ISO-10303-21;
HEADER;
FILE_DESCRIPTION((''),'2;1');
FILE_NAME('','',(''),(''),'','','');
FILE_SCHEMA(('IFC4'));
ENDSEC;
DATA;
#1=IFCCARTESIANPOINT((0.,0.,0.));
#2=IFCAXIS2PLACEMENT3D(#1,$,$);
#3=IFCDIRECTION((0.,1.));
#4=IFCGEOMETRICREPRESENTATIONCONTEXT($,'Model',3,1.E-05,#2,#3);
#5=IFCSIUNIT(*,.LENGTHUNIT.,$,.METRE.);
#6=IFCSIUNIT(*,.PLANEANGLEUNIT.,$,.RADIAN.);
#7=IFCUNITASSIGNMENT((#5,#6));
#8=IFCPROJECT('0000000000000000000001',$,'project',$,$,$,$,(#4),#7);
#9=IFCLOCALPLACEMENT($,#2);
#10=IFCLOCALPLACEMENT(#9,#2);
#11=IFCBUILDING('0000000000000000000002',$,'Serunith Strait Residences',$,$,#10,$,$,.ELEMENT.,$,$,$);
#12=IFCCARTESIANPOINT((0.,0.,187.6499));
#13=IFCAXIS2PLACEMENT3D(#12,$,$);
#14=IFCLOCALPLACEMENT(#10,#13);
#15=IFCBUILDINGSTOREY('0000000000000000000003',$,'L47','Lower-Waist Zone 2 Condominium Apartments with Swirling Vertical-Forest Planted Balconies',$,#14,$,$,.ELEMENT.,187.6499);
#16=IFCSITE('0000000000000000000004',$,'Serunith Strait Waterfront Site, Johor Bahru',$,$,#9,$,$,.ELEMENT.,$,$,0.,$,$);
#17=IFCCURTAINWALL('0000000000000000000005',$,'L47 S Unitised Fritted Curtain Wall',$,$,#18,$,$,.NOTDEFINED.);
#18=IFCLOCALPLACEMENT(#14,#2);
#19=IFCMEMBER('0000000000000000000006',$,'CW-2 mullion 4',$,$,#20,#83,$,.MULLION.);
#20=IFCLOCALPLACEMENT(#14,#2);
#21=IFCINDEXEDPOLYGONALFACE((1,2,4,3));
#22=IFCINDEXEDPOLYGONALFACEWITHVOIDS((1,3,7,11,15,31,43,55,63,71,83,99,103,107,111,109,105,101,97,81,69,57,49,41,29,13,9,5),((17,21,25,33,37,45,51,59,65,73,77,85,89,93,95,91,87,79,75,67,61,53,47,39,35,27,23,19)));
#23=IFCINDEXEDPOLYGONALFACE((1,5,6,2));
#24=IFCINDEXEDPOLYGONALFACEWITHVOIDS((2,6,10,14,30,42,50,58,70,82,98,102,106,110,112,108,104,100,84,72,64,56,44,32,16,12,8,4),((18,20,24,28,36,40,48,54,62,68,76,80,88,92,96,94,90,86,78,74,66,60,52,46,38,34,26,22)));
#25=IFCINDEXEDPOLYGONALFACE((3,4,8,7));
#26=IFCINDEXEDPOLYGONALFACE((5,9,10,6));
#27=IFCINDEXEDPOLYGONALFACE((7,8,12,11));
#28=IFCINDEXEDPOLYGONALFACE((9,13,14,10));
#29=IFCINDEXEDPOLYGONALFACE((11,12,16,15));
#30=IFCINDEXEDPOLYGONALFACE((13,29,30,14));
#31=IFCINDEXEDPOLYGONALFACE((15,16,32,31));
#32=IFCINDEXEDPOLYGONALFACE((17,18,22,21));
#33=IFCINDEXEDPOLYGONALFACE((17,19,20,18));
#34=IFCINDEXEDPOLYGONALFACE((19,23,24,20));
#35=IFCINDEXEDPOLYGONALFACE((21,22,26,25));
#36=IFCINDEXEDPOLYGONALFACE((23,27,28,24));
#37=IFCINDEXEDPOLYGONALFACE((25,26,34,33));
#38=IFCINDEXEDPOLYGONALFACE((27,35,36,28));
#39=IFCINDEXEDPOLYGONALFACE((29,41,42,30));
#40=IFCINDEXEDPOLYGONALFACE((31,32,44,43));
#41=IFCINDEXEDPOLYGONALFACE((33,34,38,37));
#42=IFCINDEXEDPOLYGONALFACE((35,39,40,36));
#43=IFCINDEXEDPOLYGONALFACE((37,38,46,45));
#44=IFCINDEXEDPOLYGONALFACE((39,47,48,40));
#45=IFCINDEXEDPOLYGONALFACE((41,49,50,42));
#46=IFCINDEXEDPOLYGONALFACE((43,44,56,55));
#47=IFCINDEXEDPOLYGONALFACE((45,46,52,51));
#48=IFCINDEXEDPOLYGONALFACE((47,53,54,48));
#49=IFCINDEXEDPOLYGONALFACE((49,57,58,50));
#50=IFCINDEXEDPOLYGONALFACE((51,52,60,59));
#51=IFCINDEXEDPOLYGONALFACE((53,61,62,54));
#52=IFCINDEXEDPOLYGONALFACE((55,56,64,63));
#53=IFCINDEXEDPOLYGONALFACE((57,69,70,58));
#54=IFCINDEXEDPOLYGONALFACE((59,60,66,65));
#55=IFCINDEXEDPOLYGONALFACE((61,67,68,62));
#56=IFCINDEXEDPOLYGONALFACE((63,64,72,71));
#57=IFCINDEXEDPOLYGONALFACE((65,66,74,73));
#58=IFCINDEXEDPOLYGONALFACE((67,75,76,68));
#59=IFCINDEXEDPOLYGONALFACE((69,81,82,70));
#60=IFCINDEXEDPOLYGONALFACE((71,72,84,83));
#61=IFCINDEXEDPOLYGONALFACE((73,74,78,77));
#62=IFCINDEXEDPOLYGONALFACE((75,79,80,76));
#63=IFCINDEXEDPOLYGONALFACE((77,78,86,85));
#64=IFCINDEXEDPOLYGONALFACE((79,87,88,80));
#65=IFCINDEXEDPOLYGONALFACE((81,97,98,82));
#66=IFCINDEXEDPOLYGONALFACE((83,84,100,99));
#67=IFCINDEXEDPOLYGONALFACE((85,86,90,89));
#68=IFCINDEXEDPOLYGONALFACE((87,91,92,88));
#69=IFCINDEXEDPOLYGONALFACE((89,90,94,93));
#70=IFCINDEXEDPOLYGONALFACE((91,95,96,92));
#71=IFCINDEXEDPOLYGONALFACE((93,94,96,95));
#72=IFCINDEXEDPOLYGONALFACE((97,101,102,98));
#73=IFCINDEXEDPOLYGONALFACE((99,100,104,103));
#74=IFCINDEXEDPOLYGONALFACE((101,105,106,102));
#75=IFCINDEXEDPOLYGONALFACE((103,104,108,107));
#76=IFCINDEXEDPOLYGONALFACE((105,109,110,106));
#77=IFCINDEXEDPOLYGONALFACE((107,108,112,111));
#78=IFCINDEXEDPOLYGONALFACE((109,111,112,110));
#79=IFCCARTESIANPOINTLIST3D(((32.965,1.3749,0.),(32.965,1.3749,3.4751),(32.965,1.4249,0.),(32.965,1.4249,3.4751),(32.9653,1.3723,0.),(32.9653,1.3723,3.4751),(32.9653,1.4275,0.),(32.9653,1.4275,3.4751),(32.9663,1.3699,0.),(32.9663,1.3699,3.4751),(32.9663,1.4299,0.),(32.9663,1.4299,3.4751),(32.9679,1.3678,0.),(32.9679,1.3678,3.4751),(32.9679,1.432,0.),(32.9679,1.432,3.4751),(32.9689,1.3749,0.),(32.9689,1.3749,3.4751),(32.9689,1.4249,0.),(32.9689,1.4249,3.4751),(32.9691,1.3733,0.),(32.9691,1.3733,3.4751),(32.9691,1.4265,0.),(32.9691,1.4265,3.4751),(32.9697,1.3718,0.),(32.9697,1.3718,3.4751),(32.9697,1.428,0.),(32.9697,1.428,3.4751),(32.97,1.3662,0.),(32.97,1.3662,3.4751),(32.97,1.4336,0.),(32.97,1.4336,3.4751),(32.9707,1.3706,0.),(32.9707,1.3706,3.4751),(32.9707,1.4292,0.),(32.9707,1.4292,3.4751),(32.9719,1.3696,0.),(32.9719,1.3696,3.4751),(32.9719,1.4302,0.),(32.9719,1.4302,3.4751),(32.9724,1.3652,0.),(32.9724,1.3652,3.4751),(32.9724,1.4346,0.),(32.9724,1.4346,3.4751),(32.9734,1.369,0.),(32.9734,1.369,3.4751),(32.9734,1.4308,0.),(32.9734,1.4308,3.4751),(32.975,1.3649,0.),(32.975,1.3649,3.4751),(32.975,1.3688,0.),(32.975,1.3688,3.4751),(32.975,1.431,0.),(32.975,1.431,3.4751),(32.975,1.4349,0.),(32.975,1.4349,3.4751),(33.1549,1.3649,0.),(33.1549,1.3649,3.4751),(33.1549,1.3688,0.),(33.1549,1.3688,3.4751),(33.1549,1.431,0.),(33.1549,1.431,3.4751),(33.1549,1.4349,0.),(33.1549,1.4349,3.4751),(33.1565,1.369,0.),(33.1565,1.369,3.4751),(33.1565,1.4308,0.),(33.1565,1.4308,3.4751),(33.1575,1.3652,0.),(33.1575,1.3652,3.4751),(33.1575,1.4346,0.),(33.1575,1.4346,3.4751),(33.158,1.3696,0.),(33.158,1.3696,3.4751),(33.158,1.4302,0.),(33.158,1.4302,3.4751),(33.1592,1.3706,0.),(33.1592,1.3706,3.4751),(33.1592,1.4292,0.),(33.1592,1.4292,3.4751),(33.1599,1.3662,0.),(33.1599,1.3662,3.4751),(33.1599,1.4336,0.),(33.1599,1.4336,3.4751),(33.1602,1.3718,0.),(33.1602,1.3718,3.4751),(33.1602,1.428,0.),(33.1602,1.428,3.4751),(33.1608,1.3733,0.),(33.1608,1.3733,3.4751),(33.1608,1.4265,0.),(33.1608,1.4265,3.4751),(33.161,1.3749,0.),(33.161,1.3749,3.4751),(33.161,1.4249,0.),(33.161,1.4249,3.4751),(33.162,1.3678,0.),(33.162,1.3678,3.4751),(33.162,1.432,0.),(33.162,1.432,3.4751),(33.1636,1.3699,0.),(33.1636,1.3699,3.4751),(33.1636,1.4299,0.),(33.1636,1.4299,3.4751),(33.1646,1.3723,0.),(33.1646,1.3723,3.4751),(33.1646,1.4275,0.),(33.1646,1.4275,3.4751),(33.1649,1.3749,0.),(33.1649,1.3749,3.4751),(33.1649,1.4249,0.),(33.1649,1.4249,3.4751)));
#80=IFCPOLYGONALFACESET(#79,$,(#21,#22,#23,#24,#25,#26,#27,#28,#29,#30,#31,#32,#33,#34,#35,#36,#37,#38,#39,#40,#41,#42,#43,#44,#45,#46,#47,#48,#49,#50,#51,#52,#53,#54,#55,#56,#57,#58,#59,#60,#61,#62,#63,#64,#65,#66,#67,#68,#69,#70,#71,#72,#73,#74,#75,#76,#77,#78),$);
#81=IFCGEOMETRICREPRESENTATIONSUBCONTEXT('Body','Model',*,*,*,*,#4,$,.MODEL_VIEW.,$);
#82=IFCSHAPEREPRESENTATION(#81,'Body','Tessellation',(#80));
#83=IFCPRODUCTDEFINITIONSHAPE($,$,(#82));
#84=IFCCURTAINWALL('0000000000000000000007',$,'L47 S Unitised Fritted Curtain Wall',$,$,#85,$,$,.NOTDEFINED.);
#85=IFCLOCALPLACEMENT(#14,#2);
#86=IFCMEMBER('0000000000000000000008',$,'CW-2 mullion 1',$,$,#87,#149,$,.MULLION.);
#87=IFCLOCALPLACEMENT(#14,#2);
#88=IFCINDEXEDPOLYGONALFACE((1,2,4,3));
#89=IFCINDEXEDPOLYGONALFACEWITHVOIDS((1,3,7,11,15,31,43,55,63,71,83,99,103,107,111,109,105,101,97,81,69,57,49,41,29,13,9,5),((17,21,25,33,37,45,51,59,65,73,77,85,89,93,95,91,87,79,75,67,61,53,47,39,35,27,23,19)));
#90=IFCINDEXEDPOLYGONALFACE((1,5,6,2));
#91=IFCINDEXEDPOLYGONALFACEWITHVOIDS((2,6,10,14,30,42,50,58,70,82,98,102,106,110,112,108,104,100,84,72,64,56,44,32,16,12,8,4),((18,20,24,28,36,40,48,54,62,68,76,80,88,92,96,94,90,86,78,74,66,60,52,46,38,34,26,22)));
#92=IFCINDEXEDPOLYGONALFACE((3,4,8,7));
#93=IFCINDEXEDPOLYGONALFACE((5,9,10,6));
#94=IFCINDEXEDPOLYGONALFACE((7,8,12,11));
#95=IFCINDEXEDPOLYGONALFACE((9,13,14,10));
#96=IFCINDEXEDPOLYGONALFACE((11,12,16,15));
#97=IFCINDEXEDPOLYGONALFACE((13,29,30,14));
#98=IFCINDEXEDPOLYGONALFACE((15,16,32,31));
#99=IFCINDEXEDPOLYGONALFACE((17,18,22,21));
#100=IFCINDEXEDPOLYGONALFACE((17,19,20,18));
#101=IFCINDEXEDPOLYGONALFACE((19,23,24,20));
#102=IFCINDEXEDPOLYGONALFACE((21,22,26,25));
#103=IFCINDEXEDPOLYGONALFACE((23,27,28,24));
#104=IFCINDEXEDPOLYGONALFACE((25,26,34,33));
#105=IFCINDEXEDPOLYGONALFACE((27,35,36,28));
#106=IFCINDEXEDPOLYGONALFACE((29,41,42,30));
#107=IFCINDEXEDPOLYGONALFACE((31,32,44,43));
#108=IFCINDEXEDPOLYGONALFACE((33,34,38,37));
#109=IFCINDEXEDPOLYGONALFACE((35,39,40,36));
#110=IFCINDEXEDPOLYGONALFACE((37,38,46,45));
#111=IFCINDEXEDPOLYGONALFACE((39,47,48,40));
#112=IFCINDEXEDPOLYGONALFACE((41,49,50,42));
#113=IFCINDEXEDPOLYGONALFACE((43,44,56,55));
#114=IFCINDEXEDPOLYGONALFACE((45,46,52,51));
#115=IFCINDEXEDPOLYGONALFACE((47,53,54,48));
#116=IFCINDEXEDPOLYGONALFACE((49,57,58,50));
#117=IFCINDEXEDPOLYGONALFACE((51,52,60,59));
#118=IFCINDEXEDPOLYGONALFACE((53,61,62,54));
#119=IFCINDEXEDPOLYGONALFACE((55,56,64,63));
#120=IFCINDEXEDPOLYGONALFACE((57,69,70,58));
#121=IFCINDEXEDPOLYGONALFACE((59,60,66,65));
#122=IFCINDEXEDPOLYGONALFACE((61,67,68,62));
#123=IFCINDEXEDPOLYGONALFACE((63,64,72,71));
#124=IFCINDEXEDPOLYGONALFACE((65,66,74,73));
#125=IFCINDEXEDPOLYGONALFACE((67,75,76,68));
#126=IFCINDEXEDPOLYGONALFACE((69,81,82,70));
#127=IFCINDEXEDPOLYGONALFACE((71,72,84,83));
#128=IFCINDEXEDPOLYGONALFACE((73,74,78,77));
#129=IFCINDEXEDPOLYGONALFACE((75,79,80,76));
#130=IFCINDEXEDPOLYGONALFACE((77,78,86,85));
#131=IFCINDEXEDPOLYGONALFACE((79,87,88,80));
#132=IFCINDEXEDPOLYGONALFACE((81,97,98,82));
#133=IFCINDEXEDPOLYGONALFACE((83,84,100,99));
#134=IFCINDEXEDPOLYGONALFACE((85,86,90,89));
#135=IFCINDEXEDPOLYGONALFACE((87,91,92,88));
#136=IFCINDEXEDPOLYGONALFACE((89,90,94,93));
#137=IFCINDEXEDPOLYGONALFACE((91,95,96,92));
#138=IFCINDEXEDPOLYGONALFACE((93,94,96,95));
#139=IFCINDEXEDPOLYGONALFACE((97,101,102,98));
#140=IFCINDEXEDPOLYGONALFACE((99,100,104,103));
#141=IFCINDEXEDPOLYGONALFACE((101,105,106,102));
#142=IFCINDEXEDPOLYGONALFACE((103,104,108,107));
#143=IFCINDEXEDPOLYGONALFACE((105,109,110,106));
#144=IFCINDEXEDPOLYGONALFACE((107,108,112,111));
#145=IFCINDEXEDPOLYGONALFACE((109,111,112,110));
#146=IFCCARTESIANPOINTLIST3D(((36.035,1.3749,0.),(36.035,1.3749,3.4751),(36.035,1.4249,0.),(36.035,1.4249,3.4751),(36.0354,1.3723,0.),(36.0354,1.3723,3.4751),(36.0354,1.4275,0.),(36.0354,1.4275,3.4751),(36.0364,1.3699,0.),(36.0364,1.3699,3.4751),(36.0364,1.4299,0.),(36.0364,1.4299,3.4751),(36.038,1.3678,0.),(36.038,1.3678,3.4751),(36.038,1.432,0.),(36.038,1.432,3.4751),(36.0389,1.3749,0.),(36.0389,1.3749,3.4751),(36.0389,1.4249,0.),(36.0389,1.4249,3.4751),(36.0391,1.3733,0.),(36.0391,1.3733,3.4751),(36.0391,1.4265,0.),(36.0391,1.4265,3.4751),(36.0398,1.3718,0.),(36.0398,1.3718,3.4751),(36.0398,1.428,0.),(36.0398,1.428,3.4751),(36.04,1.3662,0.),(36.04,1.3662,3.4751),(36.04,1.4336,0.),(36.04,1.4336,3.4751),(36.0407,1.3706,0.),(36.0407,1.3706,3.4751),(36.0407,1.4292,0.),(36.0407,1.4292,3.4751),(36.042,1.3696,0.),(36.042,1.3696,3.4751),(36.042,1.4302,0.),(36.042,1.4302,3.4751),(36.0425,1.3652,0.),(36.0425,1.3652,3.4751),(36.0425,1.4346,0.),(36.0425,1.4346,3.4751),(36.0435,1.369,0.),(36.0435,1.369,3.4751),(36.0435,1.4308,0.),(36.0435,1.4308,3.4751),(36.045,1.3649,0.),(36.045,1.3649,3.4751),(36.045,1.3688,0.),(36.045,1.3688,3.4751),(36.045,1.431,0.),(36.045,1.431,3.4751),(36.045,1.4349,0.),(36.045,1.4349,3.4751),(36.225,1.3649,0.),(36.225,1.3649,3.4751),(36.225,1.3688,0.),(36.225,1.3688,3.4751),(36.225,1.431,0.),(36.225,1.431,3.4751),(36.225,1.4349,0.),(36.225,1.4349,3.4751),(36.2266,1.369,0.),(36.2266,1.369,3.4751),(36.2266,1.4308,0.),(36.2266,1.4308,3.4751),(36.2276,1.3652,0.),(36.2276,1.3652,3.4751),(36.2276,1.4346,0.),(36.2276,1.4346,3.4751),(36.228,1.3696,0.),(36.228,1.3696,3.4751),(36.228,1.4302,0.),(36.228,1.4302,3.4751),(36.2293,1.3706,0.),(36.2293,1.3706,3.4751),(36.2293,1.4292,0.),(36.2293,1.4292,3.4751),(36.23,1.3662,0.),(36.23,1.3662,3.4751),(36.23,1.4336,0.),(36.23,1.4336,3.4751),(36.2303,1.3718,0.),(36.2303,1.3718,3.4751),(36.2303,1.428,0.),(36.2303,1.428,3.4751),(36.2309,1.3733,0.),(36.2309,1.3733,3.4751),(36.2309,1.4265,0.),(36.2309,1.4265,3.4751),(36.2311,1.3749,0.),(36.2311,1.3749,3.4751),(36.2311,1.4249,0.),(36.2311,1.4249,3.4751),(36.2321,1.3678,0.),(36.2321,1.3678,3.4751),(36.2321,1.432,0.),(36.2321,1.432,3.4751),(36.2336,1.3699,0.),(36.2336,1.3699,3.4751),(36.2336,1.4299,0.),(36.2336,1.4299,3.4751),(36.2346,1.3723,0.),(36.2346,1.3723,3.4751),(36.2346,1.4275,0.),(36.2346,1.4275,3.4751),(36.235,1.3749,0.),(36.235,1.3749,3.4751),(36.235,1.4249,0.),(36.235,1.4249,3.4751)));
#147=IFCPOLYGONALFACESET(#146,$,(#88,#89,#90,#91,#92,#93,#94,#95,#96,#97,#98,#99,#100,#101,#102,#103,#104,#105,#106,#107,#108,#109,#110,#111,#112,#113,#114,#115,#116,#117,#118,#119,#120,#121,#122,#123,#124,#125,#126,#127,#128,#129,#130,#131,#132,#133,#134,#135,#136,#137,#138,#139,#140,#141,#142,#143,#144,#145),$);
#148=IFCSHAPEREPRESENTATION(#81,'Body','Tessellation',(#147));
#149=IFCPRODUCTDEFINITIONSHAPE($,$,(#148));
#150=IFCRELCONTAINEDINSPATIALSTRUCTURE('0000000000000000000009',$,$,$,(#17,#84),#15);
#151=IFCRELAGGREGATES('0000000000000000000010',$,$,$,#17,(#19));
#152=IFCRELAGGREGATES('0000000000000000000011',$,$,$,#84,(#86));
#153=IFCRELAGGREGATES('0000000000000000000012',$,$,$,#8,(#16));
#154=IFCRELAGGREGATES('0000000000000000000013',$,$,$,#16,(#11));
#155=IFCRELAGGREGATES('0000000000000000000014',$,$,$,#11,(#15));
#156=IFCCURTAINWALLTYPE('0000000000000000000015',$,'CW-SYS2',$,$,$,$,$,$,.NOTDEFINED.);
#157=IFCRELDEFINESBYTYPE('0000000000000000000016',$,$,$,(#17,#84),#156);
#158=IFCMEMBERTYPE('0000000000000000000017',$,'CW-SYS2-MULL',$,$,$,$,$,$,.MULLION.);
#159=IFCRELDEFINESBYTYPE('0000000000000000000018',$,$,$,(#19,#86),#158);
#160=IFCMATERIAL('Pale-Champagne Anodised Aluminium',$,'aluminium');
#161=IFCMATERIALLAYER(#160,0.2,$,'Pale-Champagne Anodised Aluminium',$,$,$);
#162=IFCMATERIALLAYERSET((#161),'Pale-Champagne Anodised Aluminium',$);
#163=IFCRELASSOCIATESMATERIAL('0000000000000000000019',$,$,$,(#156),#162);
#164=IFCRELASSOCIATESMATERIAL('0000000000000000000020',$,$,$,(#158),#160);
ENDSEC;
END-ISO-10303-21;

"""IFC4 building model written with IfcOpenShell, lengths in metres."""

from ifc_helpers import new_model, si_unit, direction, frame, origin, origin_2d, place, context, subcontext, project, spatial, hollow_rectangle, extrude, source, transform, mapped, material, layer, layer_set, material_profile, profile_set, type_object, element, aggregate, save


model = new_model("IFC4")

# Units and contexts
model_context = context("Model", 3, precision=1e-05, world=origin(), true_north=direction((0.0, 1.0)))
body_context = subcontext(model_context, "Body", "Model", "MODEL_VIEW")
ifc_project = project(units=[si_unit("LENGTHUNIT", "METRE"), si_unit("PLANEANGLEUNIT", "RADIAN")], contexts=[model_context])

# Site, building, storey
site_placement = place(None, origin())
site = spatial("IfcSite", under=ifc_project, at=site_placement, Name="Serunith Strait Waterfront Site, Johor Bahru", CompositionType="ELEMENT", RefElevation=0.0)
building_placement = place(site_placement, origin())
building = spatial("IfcBuilding", under=site, at=building_placement, Name="Serunith Strait Residences", CompositionType="ELEMENT")
storey_placement = place(building_placement, frame((0.0, 0.0, 187.6499)))
storey = spatial("IfcBuildingStorey", under=building, at=storey_placement, Name="L47", Description="Lower-Waist Zone 2 Condominium Apartments with Swirling Vertical-Forest Planted Balconies", CompositionType="ELEMENT", Elevation=187.6499)

# Curtain wall, member
ifc_material_1 = material(Name="Pale-Champagne Anodised Aluminium", Category="aluminium")
ifc_layer_1 = layer(ifc_material_1, 0.2, Name="Pale-Champagne Anodised Aluminium")
ifc_layer_set_1 = layer_set([ifc_layer_1], Name="Pale-Champagne Anodised Aluminium")
curtain_wall_type = type_object("IfcCurtainWallType", Name="CW-SYS2", PredefinedType="NOTDEFINED", material=ifc_layer_set_1)
curtain_wall_1_placement = place(storey_placement, origin())
curtain_wall_1 = element("IfcCurtainWall", 1, at=curtain_wall_1_placement, inside=storey, type_object=curtain_wall_type, Name="L47 S Unitised Fritted Curtain Wall", PredefinedType="NOTDEFINED")
ifc_material_profile_1 = material_profile(ifc_material_1, hollow_rectangle(XDim=0.0701, YDim=0.2, WallThickness=0.0039, InnerFilletRadius=0.0061, OuterFilletRadius=0.01, at=origin_2d()), Name="ALU 200x70x4")
ifc_profile_set_1 = profile_set([ifc_material_profile_1], Name="Pale-Champagne Anodised Aluminium")
member_type_1 = type_object("IfcMemberType", Name="CW-SYS2-MULL", PredefinedType="MULLION", material=ifc_profile_set_1)
shared_shape_1 = source(origin(), body_context, "Body", "SweptSolid", [
    extrude(hollow_rectangle(XDim=0.0701, YDim=0.2, WallThickness=0.0039, InnerFilletRadius=0.0061, OuterFilletRadius=0.01, at=origin_2d()), origin(), (0.0, 0.0, 1.0), 3.4751),
])
member_1_placement = place(storey_placement, frame((33.0649, 1.3999, 0.0), z_axis=(0.0, 0.0, 1.0), x_axis=(0.0, 1.0, 0.0)))
member_1 = element("IfcMember", 2, at=member_1_placement, type_object=member_type_1, Name="CW-2 mullion 4", PredefinedType="MULLION", context=body_context, shape_type="MappedRepresentation", body=[
    mapped(shared_shape_1, transform((0.0, 0.0, 0.0), scale=1.0)),
])
aggregate(curtain_wall_1, [member_1])

# Curtain wall, member
curtain_wall_2_placement = place(storey_placement, origin())
curtain_wall_2 = element("IfcCurtainWall", 3, at=curtain_wall_2_placement, inside=storey, type_object=curtain_wall_type, Name="L47 S Unitised Fritted Curtain Wall", PredefinedType="NOTDEFINED")
member_2_placement = place(storey_placement, frame((36.135, 1.3999, 0.0), z_axis=(0.0, 0.0, 1.0), x_axis=(0.0, 1.0, 0.0)))
member_2 = element("IfcMember", 4, at=member_2_placement, type_object=member_type_1, Name="CW-2 mullion 1", PredefinedType="MULLION", context=body_context, shape_type="MappedRepresentation", body=[
    mapped(shared_shape_1, transform((0.0, 0.0, 0.0), scale=1.0)),
])
aggregate(curtain_wall_2, [member_2])

save(model, "model.ifc")
